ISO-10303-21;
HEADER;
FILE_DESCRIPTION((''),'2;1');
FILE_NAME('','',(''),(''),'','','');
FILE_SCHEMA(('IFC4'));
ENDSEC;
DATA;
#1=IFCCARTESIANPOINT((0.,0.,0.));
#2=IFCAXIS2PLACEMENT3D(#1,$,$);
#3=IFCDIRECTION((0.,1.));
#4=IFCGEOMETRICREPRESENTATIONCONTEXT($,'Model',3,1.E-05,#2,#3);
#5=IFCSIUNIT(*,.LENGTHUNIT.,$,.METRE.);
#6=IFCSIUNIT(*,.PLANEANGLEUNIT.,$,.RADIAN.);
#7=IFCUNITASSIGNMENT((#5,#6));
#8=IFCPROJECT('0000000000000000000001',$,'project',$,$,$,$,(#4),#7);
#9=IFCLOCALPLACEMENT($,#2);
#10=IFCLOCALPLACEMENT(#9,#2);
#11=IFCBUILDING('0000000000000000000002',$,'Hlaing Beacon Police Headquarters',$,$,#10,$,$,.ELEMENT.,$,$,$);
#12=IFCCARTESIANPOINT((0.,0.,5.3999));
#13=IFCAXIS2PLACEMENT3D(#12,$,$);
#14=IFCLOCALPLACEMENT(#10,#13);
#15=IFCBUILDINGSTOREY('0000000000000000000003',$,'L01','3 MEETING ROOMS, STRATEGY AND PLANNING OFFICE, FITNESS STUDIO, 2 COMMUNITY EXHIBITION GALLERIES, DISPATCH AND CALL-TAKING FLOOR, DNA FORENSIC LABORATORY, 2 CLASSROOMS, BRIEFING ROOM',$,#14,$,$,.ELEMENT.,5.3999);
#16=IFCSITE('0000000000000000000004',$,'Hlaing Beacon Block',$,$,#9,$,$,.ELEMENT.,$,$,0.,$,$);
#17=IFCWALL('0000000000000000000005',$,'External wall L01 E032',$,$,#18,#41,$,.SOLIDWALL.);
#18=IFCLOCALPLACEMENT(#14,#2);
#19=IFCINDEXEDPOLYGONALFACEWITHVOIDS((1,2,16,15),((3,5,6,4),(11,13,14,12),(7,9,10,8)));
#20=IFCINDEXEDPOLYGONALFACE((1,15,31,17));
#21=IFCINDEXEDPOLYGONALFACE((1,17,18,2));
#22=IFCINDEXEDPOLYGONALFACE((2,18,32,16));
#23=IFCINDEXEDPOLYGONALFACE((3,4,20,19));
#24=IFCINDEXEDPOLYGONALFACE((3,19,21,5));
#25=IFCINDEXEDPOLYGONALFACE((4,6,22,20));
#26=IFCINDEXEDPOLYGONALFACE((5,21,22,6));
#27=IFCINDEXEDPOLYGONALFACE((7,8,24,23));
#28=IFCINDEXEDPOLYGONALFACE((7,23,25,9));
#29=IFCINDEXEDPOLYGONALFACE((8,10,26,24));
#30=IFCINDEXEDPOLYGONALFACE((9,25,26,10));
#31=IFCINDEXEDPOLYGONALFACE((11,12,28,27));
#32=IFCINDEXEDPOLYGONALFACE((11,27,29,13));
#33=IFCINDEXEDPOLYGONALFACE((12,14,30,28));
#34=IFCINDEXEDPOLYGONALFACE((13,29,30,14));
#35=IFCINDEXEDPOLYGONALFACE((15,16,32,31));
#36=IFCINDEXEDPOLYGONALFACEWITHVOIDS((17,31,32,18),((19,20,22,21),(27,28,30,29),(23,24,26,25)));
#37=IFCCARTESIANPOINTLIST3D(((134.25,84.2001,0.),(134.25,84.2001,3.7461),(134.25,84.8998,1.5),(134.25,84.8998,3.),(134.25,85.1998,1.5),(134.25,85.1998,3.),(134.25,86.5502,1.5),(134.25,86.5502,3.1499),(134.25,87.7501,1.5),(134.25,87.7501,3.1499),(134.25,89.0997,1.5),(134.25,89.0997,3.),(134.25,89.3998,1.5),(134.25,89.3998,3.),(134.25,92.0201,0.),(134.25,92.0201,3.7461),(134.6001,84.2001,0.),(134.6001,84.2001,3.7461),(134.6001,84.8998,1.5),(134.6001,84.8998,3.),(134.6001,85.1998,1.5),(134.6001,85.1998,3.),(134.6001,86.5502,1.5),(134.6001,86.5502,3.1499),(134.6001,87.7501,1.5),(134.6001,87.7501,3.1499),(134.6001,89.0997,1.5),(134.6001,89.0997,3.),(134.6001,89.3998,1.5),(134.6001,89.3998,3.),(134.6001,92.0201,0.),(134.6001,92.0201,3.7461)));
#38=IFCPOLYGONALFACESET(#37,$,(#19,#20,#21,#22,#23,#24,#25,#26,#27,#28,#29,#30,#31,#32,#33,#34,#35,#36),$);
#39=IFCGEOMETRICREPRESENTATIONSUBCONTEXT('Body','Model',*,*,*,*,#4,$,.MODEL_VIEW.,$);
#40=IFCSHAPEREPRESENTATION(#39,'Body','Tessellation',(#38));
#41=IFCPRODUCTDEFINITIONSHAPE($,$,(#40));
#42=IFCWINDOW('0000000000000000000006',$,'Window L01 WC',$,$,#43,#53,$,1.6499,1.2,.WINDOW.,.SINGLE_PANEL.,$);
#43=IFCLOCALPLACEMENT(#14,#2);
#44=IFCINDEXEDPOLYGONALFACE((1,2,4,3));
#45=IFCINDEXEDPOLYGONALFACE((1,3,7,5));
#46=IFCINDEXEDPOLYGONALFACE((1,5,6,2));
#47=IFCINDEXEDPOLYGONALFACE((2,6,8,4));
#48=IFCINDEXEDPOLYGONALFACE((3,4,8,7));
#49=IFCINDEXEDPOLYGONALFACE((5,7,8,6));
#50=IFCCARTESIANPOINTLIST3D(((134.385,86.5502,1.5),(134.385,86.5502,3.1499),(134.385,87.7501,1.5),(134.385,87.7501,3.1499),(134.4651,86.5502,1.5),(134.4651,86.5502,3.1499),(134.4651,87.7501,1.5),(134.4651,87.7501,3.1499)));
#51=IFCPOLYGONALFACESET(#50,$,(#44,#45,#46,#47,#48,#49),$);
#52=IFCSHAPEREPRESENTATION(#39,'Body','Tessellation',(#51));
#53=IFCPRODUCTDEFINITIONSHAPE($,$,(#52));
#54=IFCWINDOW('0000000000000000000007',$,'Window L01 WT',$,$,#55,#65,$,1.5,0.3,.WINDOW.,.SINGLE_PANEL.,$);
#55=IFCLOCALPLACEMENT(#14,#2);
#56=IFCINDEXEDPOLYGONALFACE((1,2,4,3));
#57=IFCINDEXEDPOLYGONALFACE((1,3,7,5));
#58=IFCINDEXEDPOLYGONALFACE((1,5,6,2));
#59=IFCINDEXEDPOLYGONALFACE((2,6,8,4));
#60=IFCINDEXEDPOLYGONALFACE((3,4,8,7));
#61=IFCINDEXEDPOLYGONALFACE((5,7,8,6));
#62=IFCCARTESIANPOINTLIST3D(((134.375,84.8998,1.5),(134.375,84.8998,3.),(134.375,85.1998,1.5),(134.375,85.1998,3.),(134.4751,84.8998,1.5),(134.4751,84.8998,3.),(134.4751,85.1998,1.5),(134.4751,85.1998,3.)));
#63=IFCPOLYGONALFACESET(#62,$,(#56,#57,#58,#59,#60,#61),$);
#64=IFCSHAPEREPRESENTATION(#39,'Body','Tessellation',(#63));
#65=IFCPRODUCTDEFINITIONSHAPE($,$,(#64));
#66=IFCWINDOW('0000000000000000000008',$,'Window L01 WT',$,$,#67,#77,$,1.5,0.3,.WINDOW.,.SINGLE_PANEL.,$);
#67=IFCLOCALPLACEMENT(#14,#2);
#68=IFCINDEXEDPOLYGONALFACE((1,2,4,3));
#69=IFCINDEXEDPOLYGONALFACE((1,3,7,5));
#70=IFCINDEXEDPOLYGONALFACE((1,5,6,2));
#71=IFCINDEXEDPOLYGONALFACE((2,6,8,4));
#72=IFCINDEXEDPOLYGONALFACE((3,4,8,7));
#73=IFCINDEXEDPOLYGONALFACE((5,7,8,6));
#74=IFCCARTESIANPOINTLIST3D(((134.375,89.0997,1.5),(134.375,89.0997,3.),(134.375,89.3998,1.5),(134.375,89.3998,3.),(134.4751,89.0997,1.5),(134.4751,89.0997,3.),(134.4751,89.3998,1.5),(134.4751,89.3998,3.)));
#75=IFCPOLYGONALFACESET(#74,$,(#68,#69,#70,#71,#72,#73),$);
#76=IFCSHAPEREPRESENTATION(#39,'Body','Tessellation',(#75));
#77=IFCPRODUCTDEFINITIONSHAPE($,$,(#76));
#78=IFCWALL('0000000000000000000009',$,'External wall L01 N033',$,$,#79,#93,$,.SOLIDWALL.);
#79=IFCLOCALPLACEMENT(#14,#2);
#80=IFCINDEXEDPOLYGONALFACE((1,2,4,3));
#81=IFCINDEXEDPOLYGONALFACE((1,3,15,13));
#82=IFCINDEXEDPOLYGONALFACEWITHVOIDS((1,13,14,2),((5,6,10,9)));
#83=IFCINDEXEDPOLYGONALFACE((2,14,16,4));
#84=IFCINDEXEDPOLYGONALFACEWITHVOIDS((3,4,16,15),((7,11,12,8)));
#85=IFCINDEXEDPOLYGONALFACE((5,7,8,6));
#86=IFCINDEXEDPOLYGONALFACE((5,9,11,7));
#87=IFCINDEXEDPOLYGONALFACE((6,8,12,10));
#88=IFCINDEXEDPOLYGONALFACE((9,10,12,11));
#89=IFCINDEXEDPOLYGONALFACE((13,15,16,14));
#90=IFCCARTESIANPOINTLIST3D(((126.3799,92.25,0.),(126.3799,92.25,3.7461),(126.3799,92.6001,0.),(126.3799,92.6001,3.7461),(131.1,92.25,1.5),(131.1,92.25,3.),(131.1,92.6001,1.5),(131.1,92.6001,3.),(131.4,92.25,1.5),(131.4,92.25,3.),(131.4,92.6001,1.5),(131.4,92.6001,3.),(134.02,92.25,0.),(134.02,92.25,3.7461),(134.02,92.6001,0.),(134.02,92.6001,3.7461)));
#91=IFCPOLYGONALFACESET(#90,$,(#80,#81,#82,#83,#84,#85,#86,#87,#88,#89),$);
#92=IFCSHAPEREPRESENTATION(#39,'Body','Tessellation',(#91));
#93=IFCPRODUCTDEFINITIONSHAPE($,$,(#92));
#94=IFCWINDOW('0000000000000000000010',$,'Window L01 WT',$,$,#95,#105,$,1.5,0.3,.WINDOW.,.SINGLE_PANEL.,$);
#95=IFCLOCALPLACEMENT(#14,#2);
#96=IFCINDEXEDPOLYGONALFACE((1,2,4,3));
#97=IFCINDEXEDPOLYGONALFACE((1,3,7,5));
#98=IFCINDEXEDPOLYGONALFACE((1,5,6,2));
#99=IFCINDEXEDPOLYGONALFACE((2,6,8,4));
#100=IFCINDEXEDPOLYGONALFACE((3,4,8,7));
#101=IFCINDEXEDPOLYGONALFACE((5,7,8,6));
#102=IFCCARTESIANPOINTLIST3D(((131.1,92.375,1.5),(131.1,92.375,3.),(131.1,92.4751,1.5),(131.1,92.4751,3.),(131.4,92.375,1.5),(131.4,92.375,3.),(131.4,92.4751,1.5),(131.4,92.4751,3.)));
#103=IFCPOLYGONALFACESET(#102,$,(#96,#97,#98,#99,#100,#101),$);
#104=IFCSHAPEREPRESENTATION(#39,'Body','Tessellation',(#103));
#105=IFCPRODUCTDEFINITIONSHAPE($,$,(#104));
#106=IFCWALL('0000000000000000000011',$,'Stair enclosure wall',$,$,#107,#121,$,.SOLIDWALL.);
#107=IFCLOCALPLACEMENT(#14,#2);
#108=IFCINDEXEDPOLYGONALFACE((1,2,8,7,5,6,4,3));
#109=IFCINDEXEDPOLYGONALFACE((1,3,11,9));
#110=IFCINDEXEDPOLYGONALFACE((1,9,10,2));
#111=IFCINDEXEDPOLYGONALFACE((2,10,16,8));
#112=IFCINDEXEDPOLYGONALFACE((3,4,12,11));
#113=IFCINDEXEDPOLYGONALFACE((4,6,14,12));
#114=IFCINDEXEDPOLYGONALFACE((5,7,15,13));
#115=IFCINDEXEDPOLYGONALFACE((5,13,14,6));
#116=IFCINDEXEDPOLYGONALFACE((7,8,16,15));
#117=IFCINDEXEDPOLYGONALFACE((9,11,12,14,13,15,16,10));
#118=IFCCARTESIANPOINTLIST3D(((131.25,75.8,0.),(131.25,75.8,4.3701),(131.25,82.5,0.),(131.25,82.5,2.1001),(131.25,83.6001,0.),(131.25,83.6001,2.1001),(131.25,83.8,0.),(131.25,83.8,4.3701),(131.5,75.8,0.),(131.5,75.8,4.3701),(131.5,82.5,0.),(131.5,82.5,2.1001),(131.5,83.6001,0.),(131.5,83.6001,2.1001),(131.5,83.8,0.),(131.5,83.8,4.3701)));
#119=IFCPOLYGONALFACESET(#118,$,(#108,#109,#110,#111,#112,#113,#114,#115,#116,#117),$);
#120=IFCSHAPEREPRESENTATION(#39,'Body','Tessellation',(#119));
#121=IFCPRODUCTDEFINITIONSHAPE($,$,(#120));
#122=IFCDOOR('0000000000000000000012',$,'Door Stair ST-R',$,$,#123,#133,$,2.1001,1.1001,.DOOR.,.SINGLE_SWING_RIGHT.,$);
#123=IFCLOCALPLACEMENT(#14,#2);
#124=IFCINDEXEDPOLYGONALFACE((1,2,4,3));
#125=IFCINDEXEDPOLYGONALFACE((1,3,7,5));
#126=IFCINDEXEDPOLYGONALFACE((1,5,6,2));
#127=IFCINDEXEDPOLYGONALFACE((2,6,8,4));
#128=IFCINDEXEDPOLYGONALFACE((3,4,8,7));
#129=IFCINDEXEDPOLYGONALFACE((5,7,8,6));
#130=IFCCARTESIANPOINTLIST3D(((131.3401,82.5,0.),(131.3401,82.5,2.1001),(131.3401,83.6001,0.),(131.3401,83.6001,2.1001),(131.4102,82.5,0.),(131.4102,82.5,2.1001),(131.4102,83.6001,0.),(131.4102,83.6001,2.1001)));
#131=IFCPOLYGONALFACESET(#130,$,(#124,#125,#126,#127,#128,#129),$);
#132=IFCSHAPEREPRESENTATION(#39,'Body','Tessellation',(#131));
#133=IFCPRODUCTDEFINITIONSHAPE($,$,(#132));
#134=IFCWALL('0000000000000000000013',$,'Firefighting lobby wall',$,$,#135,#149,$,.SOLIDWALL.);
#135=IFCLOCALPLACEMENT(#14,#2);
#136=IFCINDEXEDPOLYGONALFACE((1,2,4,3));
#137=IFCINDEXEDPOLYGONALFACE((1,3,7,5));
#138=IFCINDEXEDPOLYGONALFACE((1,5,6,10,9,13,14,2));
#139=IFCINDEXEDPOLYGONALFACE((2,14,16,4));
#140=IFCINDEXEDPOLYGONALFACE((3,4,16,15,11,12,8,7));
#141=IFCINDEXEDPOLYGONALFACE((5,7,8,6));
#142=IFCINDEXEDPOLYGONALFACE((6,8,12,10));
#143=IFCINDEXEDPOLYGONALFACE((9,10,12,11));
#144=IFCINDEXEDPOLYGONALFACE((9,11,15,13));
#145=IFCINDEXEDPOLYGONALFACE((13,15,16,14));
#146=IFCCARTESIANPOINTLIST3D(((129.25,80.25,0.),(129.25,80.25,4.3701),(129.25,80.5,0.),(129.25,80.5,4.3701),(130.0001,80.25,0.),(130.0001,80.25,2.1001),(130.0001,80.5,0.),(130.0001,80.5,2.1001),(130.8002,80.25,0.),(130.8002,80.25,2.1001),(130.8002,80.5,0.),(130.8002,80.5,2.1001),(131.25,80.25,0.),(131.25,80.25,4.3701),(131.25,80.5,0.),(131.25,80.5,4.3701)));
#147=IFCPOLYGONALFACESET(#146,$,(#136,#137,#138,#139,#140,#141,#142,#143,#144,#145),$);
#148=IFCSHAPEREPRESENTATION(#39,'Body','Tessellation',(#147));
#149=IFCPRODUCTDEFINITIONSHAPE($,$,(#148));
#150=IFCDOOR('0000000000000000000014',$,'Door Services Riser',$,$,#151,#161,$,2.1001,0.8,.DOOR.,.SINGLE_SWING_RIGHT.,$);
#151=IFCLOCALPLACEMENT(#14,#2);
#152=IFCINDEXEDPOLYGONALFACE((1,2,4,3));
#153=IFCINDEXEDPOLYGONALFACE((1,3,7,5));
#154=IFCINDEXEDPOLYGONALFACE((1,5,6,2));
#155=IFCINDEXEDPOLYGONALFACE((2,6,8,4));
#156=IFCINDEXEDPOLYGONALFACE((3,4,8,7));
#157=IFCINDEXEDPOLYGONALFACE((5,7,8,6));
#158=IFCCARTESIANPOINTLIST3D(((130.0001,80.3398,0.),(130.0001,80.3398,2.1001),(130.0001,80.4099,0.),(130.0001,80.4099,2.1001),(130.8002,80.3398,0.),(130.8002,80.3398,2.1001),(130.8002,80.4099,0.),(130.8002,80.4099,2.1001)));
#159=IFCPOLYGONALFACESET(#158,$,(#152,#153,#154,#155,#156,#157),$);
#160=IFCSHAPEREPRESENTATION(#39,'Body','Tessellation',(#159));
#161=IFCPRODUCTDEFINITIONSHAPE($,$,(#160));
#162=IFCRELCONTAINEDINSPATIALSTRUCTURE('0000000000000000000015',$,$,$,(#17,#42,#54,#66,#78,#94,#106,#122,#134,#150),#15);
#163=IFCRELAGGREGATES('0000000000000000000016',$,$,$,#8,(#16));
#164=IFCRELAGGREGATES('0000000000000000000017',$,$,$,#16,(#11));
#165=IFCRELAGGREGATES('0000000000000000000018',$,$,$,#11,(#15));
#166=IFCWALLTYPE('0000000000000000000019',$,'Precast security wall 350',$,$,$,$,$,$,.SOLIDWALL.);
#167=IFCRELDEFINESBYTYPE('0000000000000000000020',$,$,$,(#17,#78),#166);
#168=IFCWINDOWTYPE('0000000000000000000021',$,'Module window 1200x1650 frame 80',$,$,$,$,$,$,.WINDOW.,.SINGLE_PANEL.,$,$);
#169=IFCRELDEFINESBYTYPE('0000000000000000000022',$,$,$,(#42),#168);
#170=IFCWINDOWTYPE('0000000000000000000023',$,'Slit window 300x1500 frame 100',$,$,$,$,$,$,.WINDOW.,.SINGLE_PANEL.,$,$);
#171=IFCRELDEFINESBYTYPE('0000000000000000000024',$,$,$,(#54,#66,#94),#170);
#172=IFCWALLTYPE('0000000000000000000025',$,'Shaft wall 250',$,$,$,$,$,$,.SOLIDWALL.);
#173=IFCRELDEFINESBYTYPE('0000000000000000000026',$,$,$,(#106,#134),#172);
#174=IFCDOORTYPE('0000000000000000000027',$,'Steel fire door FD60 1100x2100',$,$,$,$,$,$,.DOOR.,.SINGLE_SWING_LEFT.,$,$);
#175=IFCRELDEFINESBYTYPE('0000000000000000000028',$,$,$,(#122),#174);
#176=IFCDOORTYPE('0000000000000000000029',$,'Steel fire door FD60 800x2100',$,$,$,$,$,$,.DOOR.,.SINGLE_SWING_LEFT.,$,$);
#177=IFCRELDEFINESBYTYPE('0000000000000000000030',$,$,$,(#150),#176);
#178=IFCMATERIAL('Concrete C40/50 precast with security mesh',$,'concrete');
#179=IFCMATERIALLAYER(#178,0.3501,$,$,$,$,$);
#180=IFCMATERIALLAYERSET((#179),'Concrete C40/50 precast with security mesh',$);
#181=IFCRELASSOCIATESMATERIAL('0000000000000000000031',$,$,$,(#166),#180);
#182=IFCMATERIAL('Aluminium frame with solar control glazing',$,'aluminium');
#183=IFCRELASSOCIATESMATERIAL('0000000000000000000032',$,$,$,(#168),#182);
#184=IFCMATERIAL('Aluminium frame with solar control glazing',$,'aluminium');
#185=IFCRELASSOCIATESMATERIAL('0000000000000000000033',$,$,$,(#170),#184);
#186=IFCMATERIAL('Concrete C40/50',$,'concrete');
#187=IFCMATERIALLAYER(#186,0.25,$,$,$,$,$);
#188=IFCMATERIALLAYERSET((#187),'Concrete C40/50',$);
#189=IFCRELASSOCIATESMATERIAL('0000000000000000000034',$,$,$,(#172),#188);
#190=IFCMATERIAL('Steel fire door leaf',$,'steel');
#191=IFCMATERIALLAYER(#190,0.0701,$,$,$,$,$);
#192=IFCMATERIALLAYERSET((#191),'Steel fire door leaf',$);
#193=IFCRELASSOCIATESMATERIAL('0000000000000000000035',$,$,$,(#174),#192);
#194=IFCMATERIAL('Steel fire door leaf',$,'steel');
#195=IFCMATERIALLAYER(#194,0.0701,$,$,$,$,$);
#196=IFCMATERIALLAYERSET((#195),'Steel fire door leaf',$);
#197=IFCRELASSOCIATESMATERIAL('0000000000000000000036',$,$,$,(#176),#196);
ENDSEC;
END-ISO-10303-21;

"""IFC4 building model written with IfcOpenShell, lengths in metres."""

from ifc_helpers import new_model, si_unit, direction, frame, frame_2d, origin, place, context, subcontext, project, spatial, rectangle, extrude, material, layer, layer_set, type_object, element, fill, save


model = new_model("IFC4")

# Units and contexts
model_context = context("Model", 3, precision=1e-05, world=origin(), true_north=direction((0.0, 1.0)))
body_context = subcontext(model_context, "Body", "Model", "MODEL_VIEW")
ifc_project = project(units=[si_unit("LENGTHUNIT", "METRE"), si_unit("PLANEANGLEUNIT", "RADIAN")], contexts=[model_context])

# Site, building, storey
site_placement = place(None, origin())
site = spatial("IfcSite", under=ifc_project, at=site_placement, Name="Hlaing Beacon Block", CompositionType="ELEMENT", RefElevation=0.0)
building_placement = place(site_placement, origin())
building = spatial("IfcBuilding", under=site, at=building_placement, Name="Hlaing Beacon Police Headquarters", CompositionType="ELEMENT")
storey_placement = place(building_placement, frame((0.0, 0.0, 5.3999)))
storey = spatial("IfcBuildingStorey", under=building, at=storey_placement, Name="L01", Description="3 MEETING ROOMS, STRATEGY AND PLANNING OFFICE, FITNESS STUDIO, 2 COMMUNITY EXHIBITION GALLERIES, DISPATCH AND CALL-TAKING FLOOR, DNA FORENSIC LABORATORY, 2 CLASSROOMS, BRIEFING ROOM", CompositionType="ELEMENT", Elevation=5.3999)

# Wall, openings, windows
ifc_material_1 = material(Name="Concrete C40/50 precast with security mesh", Category="concrete")
ifc_layer_1 = layer(ifc_material_1, 0.3501)
ifc_layer_set_1 = layer_set([ifc_layer_1], Name="Concrete C40/50 precast with security mesh")
wall_type_1 = type_object("IfcWallType", Name="Precast security wall 350", PredefinedType="SOLIDWALL", material=ifc_layer_set_1)
wall_1_placement = place(storey_placement, frame((134.425, 84.2, 0.0), z_axis=(0.0, 0.0, 1.0), x_axis=(0.0, 1.0, 0.0)))
wall_1 = element("IfcWall", 1, at=wall_1_placement, inside=storey, type_object=wall_type_1, Name="External wall L01 E032", PredefinedType="SOLIDWALL", context=body_context, shape_type="SweptSolid", body=[
    extrude(rectangle(XDim=7.8201, YDim=0.3501, at=frame_2d((3.9102, 0.0))), origin(), (0.0, 0.0, 1.0), 3.7461),
])
opening_1_placement = place(wall_1_placement, frame((0.7, 0.0, 1.5)))
opening_1 = element("IfcOpeningElement", 2, at=opening_1_placement, cuts=wall_1, PredefinedType="OPENING", context=body_context, shape_type="SweptSolid", body=[
    extrude(rectangle(XDim=0.3, YDim=1.5, at=frame_2d((0.1499, 0.75))), frame((0.0, 0.1851, 0.0), z_axis=(0.0, -1.0, 0.0), x_axis=(1.0, 0.0, 0.0)), (0.0, 0.0, 1.0), 0.3701),
])
opening_2_placement = place(wall_1_placement, frame((2.3501, 0.0, 1.5)))
opening_2 = element("IfcOpeningElement", 3, at=opening_2_placement, cuts=wall_1, PredefinedType="OPENING", context=body_context, shape_type="SweptSolid", body=[
    extrude(rectangle(XDim=1.2, YDim=1.6499, at=frame_2d((0.6001, 0.825))), frame((0.0, 0.1851, 0.0), z_axis=(0.0, -1.0, 0.0), x_axis=(1.0, 0.0, 0.0)), (0.0, 0.0, 1.0), 0.3701),
])
opening_3_placement = place(wall_1_placement, frame((4.8999, 0.0, 1.5)))
opening_3 = element("IfcOpeningElement", 4, at=opening_3_placement, cuts=wall_1, PredefinedType="OPENING", context=body_context, shape_type="SweptSolid", body=[
    extrude(rectangle(XDim=0.3, YDim=1.5, at=frame_2d((0.1499, 0.75))), frame((0.0, 0.1851, 0.0), z_axis=(0.0, -1.0, 0.0), x_axis=(1.0, 0.0, 0.0)), (0.0, 0.0, 1.0), 0.3701),
])
ifc_material_2 = material(Name="Aluminium frame with solar control glazing", Category="aluminium")
window_type_1 = type_object("IfcWindowType", Name="Module window 1200x1650 frame 80", PartitioningType="SINGLE_PANEL", PredefinedType="WINDOW", material=ifc_material_2)
window_1_placement = place(opening_2_placement, origin())
window_1 = element("IfcWindow", 5, at=window_1_placement, inside=storey, type_object=window_type_1, Name="Window L01 WC", OverallHeight=1.6499, OverallWidth=1.2, PartitioningType="SINGLE_PANEL", PredefinedType="WINDOW", context=body_context, shape_type="SweptSolid", body=[
    extrude(rectangle(XDim=1.2, YDim=1.6499, at=frame_2d((0.6001, 0.825))), frame((0.0, 0.04, 0.0), z_axis=(0.0, -1.0, 0.0), x_axis=(1.0, 0.0, 0.0)), (0.0, 0.0, 1.0), 0.0801),
])
fill(opening_2, window_1)
ifc_material_3 = material(Name="Aluminium frame with solar control glazing", Category="aluminium")
window_type_2 = type_object("IfcWindowType", Name="Slit window 300x1500 frame 100", PartitioningType="SINGLE_PANEL", PredefinedType="WINDOW", material=ifc_material_3)
window_2_placement = place(opening_1_placement, origin())
window_2 = element("IfcWindow", 6, at=window_2_placement, inside=storey, type_object=window_type_2, Name="Window L01 WT", OverallHeight=1.5, OverallWidth=0.3, PartitioningType="SINGLE_PANEL", PredefinedType="WINDOW", context=body_context, shape_type="SweptSolid", body=[
    extrude(rectangle(XDim=0.3, YDim=1.5, at=frame_2d((0.1499, 0.75))), frame((0.0, 0.05, 0.0), z_axis=(0.0, -1.0, 0.0), x_axis=(1.0, 0.0, 0.0)), (0.0, 0.0, 1.0), 0.1001),
])
fill(opening_1, window_2)
window_3_placement = place(opening_3_placement, origin())
window_3 = element("IfcWindow", 7, at=window_3_placement, inside=storey, type_object=window_type_2, Name="Window L01 WT", OverallHeight=1.5, OverallWidth=0.3, PartitioningType="SINGLE_PANEL", PredefinedType="WINDOW", context=body_context, shape_type="SweptSolid", body=[
    extrude(rectangle(XDim=0.3, YDim=1.5, at=frame_2d((0.1499, 0.75))), frame((0.0, 0.05, 0.0), z_axis=(0.0, -1.0, 0.0), x_axis=(1.0, 0.0, 0.0)), (0.0, 0.0, 1.0), 0.1001),
])
fill(opening_3, window_3)

# Wall, opening, window
wall_2_placement = place(storey_placement, frame((134.02, 92.425, 0.0), z_axis=(0.0, 0.0, 1.0), x_axis=(-1.0, 0.0, 0.0)))
wall_2 = element("IfcWall", 8, at=wall_2_placement, inside=storey, type_object=wall_type_1, Name="External wall L01 N033", PredefinedType="SOLIDWALL", context=body_context, shape_type="SweptSolid", body=[
    extrude(rectangle(XDim=7.6401, YDim=0.3501, at=frame_2d((3.8201, 0.0))), origin(), (0.0, 0.0, 1.0), 3.7461),
])
opening_4_placement = place(wall_2_placement, frame((2.6201, 0.0, 1.5)))
opening_4 = element("IfcOpeningElement", 9, at=opening_4_placement, cuts=wall_2, PredefinedType="OPENING", context=body_context, shape_type="SweptSolid", body=[
    extrude(rectangle(XDim=0.3, YDim=1.5, at=frame_2d((0.1499, 0.75))), frame((0.0, 0.1851, 0.0), z_axis=(0.0, -1.0, 0.0), x_axis=(1.0, 0.0, 0.0)), (0.0, 0.0, 1.0), 0.3701),
])
window_4_placement = place(opening_4_placement, origin())
window_4 = element("IfcWindow", 10, at=window_4_placement, inside=storey, type_object=window_type_2, Name="Window L01 WT", OverallHeight=1.5, OverallWidth=0.3, PartitioningType="SINGLE_PANEL", PredefinedType="WINDOW", context=body_context, shape_type="SweptSolid", body=[
    extrude(rectangle(XDim=0.3, YDim=1.5, at=frame_2d((0.1499, 0.75))), frame((0.0, 0.05, 0.0), z_axis=(0.0, -1.0, 0.0), x_axis=(1.0, 0.0, 0.0)), (0.0, 0.0, 1.0), 0.1001),
])
fill(opening_4, window_4)

# Walls, openings, doors
ifc_material_4 = material(Name="Concrete C40/50", Category="concrete")
ifc_layer_2 = layer(ifc_material_4, 0.25)
ifc_layer_set_2 = layer_set([ifc_layer_2], Name="Concrete C40/50")
wall_type_2 = type_object("IfcWallType", Name="Shaft wall 250", PredefinedType="SOLIDWALL", material=ifc_layer_set_2)
wall_3_placement = place(storey_placement, frame((131.375, 83.8, 0.0), z_axis=(0.0, 0.0, 1.0), x_axis=(0.0, -1.0, 0.0)))
wall_3 = element("IfcWall", 11, at=wall_3_placement, inside=storey, type_object=wall_type_2, Name="Stair enclosure wall", PredefinedType="SOLIDWALL", context=body_context, shape_type="SweptSolid", body=[
    extrude(rectangle(XDim=8.0, YDim=0.25, at=frame_2d((4.0, 0.0))), origin(), (0.0, 0.0, 1.0), 4.3701),
])
opening_5_placement = place(wall_3_placement, frame((0.2, 0.0, 0.0)))
opening_5 = element("IfcOpeningElement", 12, at=opening_5_placement, cuts=wall_3, PredefinedType="OPENING", context=body_context, shape_type="SweptSolid", body=[
    extrude(rectangle(XDim=1.1001, YDim=2.1001, at=frame_2d((0.55, 1.05))), frame((0.0, 0.135, 0.0), z_axis=(0.0, -1.0, 0.0), x_axis=(1.0, 0.0, 0.0)), (0.0, 0.0, 1.0), 0.27),
])
ifc_material_5 = material(Name="Steel fire door leaf", Category="steel")
ifc_layer_3 = layer(ifc_material_5, 0.0701)
ifc_layer_set_3 = layer_set([ifc_layer_3], Name="Steel fire door leaf")
door_type_1 = type_object("IfcDoorType", Name="Steel fire door FD60 1100x2100", OperationType="SINGLE_SWING_LEFT", PredefinedType="DOOR", material=ifc_layer_set_3)
door_1_placement = place(opening_5_placement, origin())
door_1 = element("IfcDoor", 13, at=door_1_placement, inside=storey, type_object=door_type_1, Name="Door Stair ST-R", OperationType="SINGLE_SWING_RIGHT", OverallHeight=2.1001, OverallWidth=1.1001, PredefinedType="DOOR", context=body_context, shape_type="SweptSolid", body=[
    extrude(rectangle(XDim=1.1001, YDim=2.1001, at=frame_2d((0.55, 1.05))), frame((0.0, 0.0352, 0.0), z_axis=(0.0, -1.0, 0.0), x_axis=(1.0, 0.0, 0.0)), (0.0, 0.0, 1.0), 0.0701),
])
fill(opening_5, door_1)
wall_4_placement = place(storey_placement, frame((131.25, 80.375, 0.0), z_axis=(0.0, 0.0, 1.0), x_axis=(-1.0, 0.0, 0.0)))
wall_4 = element("IfcWall", 14, at=wall_4_placement, inside=storey, type_object=wall_type_2, Name="Firefighting lobby wall", PredefinedType="SOLIDWALL", context=body_context, shape_type="SweptSolid", body=[
    extrude(rectangle(XDim=2.0, YDim=0.25, at=frame_2d((1.0, 0.0))), origin(), (0.0, 0.0, 1.0), 4.3701),
])
opening_6_placement = place(wall_4_placement, frame((0.45, 0.0, 0.0)))
opening_6 = element("IfcOpeningElement", 15, at=opening_6_placement, cuts=wall_4, PredefinedType="OPENING", context=body_context, shape_type="SweptSolid", body=[
    extrude(rectangle(XDim=0.8, YDim=2.1001, at=frame_2d((0.3999, 1.05))), frame((0.0, 0.135, 0.0), z_axis=(0.0, -1.0, 0.0), x_axis=(1.0, 0.0, 0.0)), (0.0, 0.0, 1.0), 0.27),
])
ifc_material_6 = material(Name="Steel fire door leaf", Category="steel")
ifc_layer_4 = layer(ifc_material_6, 0.0701)
ifc_layer_set_4 = layer_set([ifc_layer_4], Name="Steel fire door leaf")
door_type_2 = type_object("IfcDoorType", Name="Steel fire door FD60 800x2100", OperationType="SINGLE_SWING_LEFT", PredefinedType="DOOR", material=ifc_layer_set_4)
door_2_placement = place(opening_6_placement, origin())
door_2 = element("IfcDoor", 16, at=door_2_placement, inside=storey, type_object=door_type_2, Name="Door Services Riser", OperationType="SINGLE_SWING_RIGHT", OverallHeight=2.1001, OverallWidth=0.8, PredefinedType="DOOR", context=body_context, shape_type="SweptSolid", body=[
    extrude(rectangle(XDim=0.8, YDim=2.1001, at=frame_2d((0.3999, 1.05))), frame((0.0, 0.0352, 0.0), z_axis=(0.0, -1.0, 0.0), x_axis=(1.0, 0.0, 0.0)), (0.0, 0.0, 1.0), 0.0701),
])
fill(opening_6, door_2)

save(model, "model.ifc")
